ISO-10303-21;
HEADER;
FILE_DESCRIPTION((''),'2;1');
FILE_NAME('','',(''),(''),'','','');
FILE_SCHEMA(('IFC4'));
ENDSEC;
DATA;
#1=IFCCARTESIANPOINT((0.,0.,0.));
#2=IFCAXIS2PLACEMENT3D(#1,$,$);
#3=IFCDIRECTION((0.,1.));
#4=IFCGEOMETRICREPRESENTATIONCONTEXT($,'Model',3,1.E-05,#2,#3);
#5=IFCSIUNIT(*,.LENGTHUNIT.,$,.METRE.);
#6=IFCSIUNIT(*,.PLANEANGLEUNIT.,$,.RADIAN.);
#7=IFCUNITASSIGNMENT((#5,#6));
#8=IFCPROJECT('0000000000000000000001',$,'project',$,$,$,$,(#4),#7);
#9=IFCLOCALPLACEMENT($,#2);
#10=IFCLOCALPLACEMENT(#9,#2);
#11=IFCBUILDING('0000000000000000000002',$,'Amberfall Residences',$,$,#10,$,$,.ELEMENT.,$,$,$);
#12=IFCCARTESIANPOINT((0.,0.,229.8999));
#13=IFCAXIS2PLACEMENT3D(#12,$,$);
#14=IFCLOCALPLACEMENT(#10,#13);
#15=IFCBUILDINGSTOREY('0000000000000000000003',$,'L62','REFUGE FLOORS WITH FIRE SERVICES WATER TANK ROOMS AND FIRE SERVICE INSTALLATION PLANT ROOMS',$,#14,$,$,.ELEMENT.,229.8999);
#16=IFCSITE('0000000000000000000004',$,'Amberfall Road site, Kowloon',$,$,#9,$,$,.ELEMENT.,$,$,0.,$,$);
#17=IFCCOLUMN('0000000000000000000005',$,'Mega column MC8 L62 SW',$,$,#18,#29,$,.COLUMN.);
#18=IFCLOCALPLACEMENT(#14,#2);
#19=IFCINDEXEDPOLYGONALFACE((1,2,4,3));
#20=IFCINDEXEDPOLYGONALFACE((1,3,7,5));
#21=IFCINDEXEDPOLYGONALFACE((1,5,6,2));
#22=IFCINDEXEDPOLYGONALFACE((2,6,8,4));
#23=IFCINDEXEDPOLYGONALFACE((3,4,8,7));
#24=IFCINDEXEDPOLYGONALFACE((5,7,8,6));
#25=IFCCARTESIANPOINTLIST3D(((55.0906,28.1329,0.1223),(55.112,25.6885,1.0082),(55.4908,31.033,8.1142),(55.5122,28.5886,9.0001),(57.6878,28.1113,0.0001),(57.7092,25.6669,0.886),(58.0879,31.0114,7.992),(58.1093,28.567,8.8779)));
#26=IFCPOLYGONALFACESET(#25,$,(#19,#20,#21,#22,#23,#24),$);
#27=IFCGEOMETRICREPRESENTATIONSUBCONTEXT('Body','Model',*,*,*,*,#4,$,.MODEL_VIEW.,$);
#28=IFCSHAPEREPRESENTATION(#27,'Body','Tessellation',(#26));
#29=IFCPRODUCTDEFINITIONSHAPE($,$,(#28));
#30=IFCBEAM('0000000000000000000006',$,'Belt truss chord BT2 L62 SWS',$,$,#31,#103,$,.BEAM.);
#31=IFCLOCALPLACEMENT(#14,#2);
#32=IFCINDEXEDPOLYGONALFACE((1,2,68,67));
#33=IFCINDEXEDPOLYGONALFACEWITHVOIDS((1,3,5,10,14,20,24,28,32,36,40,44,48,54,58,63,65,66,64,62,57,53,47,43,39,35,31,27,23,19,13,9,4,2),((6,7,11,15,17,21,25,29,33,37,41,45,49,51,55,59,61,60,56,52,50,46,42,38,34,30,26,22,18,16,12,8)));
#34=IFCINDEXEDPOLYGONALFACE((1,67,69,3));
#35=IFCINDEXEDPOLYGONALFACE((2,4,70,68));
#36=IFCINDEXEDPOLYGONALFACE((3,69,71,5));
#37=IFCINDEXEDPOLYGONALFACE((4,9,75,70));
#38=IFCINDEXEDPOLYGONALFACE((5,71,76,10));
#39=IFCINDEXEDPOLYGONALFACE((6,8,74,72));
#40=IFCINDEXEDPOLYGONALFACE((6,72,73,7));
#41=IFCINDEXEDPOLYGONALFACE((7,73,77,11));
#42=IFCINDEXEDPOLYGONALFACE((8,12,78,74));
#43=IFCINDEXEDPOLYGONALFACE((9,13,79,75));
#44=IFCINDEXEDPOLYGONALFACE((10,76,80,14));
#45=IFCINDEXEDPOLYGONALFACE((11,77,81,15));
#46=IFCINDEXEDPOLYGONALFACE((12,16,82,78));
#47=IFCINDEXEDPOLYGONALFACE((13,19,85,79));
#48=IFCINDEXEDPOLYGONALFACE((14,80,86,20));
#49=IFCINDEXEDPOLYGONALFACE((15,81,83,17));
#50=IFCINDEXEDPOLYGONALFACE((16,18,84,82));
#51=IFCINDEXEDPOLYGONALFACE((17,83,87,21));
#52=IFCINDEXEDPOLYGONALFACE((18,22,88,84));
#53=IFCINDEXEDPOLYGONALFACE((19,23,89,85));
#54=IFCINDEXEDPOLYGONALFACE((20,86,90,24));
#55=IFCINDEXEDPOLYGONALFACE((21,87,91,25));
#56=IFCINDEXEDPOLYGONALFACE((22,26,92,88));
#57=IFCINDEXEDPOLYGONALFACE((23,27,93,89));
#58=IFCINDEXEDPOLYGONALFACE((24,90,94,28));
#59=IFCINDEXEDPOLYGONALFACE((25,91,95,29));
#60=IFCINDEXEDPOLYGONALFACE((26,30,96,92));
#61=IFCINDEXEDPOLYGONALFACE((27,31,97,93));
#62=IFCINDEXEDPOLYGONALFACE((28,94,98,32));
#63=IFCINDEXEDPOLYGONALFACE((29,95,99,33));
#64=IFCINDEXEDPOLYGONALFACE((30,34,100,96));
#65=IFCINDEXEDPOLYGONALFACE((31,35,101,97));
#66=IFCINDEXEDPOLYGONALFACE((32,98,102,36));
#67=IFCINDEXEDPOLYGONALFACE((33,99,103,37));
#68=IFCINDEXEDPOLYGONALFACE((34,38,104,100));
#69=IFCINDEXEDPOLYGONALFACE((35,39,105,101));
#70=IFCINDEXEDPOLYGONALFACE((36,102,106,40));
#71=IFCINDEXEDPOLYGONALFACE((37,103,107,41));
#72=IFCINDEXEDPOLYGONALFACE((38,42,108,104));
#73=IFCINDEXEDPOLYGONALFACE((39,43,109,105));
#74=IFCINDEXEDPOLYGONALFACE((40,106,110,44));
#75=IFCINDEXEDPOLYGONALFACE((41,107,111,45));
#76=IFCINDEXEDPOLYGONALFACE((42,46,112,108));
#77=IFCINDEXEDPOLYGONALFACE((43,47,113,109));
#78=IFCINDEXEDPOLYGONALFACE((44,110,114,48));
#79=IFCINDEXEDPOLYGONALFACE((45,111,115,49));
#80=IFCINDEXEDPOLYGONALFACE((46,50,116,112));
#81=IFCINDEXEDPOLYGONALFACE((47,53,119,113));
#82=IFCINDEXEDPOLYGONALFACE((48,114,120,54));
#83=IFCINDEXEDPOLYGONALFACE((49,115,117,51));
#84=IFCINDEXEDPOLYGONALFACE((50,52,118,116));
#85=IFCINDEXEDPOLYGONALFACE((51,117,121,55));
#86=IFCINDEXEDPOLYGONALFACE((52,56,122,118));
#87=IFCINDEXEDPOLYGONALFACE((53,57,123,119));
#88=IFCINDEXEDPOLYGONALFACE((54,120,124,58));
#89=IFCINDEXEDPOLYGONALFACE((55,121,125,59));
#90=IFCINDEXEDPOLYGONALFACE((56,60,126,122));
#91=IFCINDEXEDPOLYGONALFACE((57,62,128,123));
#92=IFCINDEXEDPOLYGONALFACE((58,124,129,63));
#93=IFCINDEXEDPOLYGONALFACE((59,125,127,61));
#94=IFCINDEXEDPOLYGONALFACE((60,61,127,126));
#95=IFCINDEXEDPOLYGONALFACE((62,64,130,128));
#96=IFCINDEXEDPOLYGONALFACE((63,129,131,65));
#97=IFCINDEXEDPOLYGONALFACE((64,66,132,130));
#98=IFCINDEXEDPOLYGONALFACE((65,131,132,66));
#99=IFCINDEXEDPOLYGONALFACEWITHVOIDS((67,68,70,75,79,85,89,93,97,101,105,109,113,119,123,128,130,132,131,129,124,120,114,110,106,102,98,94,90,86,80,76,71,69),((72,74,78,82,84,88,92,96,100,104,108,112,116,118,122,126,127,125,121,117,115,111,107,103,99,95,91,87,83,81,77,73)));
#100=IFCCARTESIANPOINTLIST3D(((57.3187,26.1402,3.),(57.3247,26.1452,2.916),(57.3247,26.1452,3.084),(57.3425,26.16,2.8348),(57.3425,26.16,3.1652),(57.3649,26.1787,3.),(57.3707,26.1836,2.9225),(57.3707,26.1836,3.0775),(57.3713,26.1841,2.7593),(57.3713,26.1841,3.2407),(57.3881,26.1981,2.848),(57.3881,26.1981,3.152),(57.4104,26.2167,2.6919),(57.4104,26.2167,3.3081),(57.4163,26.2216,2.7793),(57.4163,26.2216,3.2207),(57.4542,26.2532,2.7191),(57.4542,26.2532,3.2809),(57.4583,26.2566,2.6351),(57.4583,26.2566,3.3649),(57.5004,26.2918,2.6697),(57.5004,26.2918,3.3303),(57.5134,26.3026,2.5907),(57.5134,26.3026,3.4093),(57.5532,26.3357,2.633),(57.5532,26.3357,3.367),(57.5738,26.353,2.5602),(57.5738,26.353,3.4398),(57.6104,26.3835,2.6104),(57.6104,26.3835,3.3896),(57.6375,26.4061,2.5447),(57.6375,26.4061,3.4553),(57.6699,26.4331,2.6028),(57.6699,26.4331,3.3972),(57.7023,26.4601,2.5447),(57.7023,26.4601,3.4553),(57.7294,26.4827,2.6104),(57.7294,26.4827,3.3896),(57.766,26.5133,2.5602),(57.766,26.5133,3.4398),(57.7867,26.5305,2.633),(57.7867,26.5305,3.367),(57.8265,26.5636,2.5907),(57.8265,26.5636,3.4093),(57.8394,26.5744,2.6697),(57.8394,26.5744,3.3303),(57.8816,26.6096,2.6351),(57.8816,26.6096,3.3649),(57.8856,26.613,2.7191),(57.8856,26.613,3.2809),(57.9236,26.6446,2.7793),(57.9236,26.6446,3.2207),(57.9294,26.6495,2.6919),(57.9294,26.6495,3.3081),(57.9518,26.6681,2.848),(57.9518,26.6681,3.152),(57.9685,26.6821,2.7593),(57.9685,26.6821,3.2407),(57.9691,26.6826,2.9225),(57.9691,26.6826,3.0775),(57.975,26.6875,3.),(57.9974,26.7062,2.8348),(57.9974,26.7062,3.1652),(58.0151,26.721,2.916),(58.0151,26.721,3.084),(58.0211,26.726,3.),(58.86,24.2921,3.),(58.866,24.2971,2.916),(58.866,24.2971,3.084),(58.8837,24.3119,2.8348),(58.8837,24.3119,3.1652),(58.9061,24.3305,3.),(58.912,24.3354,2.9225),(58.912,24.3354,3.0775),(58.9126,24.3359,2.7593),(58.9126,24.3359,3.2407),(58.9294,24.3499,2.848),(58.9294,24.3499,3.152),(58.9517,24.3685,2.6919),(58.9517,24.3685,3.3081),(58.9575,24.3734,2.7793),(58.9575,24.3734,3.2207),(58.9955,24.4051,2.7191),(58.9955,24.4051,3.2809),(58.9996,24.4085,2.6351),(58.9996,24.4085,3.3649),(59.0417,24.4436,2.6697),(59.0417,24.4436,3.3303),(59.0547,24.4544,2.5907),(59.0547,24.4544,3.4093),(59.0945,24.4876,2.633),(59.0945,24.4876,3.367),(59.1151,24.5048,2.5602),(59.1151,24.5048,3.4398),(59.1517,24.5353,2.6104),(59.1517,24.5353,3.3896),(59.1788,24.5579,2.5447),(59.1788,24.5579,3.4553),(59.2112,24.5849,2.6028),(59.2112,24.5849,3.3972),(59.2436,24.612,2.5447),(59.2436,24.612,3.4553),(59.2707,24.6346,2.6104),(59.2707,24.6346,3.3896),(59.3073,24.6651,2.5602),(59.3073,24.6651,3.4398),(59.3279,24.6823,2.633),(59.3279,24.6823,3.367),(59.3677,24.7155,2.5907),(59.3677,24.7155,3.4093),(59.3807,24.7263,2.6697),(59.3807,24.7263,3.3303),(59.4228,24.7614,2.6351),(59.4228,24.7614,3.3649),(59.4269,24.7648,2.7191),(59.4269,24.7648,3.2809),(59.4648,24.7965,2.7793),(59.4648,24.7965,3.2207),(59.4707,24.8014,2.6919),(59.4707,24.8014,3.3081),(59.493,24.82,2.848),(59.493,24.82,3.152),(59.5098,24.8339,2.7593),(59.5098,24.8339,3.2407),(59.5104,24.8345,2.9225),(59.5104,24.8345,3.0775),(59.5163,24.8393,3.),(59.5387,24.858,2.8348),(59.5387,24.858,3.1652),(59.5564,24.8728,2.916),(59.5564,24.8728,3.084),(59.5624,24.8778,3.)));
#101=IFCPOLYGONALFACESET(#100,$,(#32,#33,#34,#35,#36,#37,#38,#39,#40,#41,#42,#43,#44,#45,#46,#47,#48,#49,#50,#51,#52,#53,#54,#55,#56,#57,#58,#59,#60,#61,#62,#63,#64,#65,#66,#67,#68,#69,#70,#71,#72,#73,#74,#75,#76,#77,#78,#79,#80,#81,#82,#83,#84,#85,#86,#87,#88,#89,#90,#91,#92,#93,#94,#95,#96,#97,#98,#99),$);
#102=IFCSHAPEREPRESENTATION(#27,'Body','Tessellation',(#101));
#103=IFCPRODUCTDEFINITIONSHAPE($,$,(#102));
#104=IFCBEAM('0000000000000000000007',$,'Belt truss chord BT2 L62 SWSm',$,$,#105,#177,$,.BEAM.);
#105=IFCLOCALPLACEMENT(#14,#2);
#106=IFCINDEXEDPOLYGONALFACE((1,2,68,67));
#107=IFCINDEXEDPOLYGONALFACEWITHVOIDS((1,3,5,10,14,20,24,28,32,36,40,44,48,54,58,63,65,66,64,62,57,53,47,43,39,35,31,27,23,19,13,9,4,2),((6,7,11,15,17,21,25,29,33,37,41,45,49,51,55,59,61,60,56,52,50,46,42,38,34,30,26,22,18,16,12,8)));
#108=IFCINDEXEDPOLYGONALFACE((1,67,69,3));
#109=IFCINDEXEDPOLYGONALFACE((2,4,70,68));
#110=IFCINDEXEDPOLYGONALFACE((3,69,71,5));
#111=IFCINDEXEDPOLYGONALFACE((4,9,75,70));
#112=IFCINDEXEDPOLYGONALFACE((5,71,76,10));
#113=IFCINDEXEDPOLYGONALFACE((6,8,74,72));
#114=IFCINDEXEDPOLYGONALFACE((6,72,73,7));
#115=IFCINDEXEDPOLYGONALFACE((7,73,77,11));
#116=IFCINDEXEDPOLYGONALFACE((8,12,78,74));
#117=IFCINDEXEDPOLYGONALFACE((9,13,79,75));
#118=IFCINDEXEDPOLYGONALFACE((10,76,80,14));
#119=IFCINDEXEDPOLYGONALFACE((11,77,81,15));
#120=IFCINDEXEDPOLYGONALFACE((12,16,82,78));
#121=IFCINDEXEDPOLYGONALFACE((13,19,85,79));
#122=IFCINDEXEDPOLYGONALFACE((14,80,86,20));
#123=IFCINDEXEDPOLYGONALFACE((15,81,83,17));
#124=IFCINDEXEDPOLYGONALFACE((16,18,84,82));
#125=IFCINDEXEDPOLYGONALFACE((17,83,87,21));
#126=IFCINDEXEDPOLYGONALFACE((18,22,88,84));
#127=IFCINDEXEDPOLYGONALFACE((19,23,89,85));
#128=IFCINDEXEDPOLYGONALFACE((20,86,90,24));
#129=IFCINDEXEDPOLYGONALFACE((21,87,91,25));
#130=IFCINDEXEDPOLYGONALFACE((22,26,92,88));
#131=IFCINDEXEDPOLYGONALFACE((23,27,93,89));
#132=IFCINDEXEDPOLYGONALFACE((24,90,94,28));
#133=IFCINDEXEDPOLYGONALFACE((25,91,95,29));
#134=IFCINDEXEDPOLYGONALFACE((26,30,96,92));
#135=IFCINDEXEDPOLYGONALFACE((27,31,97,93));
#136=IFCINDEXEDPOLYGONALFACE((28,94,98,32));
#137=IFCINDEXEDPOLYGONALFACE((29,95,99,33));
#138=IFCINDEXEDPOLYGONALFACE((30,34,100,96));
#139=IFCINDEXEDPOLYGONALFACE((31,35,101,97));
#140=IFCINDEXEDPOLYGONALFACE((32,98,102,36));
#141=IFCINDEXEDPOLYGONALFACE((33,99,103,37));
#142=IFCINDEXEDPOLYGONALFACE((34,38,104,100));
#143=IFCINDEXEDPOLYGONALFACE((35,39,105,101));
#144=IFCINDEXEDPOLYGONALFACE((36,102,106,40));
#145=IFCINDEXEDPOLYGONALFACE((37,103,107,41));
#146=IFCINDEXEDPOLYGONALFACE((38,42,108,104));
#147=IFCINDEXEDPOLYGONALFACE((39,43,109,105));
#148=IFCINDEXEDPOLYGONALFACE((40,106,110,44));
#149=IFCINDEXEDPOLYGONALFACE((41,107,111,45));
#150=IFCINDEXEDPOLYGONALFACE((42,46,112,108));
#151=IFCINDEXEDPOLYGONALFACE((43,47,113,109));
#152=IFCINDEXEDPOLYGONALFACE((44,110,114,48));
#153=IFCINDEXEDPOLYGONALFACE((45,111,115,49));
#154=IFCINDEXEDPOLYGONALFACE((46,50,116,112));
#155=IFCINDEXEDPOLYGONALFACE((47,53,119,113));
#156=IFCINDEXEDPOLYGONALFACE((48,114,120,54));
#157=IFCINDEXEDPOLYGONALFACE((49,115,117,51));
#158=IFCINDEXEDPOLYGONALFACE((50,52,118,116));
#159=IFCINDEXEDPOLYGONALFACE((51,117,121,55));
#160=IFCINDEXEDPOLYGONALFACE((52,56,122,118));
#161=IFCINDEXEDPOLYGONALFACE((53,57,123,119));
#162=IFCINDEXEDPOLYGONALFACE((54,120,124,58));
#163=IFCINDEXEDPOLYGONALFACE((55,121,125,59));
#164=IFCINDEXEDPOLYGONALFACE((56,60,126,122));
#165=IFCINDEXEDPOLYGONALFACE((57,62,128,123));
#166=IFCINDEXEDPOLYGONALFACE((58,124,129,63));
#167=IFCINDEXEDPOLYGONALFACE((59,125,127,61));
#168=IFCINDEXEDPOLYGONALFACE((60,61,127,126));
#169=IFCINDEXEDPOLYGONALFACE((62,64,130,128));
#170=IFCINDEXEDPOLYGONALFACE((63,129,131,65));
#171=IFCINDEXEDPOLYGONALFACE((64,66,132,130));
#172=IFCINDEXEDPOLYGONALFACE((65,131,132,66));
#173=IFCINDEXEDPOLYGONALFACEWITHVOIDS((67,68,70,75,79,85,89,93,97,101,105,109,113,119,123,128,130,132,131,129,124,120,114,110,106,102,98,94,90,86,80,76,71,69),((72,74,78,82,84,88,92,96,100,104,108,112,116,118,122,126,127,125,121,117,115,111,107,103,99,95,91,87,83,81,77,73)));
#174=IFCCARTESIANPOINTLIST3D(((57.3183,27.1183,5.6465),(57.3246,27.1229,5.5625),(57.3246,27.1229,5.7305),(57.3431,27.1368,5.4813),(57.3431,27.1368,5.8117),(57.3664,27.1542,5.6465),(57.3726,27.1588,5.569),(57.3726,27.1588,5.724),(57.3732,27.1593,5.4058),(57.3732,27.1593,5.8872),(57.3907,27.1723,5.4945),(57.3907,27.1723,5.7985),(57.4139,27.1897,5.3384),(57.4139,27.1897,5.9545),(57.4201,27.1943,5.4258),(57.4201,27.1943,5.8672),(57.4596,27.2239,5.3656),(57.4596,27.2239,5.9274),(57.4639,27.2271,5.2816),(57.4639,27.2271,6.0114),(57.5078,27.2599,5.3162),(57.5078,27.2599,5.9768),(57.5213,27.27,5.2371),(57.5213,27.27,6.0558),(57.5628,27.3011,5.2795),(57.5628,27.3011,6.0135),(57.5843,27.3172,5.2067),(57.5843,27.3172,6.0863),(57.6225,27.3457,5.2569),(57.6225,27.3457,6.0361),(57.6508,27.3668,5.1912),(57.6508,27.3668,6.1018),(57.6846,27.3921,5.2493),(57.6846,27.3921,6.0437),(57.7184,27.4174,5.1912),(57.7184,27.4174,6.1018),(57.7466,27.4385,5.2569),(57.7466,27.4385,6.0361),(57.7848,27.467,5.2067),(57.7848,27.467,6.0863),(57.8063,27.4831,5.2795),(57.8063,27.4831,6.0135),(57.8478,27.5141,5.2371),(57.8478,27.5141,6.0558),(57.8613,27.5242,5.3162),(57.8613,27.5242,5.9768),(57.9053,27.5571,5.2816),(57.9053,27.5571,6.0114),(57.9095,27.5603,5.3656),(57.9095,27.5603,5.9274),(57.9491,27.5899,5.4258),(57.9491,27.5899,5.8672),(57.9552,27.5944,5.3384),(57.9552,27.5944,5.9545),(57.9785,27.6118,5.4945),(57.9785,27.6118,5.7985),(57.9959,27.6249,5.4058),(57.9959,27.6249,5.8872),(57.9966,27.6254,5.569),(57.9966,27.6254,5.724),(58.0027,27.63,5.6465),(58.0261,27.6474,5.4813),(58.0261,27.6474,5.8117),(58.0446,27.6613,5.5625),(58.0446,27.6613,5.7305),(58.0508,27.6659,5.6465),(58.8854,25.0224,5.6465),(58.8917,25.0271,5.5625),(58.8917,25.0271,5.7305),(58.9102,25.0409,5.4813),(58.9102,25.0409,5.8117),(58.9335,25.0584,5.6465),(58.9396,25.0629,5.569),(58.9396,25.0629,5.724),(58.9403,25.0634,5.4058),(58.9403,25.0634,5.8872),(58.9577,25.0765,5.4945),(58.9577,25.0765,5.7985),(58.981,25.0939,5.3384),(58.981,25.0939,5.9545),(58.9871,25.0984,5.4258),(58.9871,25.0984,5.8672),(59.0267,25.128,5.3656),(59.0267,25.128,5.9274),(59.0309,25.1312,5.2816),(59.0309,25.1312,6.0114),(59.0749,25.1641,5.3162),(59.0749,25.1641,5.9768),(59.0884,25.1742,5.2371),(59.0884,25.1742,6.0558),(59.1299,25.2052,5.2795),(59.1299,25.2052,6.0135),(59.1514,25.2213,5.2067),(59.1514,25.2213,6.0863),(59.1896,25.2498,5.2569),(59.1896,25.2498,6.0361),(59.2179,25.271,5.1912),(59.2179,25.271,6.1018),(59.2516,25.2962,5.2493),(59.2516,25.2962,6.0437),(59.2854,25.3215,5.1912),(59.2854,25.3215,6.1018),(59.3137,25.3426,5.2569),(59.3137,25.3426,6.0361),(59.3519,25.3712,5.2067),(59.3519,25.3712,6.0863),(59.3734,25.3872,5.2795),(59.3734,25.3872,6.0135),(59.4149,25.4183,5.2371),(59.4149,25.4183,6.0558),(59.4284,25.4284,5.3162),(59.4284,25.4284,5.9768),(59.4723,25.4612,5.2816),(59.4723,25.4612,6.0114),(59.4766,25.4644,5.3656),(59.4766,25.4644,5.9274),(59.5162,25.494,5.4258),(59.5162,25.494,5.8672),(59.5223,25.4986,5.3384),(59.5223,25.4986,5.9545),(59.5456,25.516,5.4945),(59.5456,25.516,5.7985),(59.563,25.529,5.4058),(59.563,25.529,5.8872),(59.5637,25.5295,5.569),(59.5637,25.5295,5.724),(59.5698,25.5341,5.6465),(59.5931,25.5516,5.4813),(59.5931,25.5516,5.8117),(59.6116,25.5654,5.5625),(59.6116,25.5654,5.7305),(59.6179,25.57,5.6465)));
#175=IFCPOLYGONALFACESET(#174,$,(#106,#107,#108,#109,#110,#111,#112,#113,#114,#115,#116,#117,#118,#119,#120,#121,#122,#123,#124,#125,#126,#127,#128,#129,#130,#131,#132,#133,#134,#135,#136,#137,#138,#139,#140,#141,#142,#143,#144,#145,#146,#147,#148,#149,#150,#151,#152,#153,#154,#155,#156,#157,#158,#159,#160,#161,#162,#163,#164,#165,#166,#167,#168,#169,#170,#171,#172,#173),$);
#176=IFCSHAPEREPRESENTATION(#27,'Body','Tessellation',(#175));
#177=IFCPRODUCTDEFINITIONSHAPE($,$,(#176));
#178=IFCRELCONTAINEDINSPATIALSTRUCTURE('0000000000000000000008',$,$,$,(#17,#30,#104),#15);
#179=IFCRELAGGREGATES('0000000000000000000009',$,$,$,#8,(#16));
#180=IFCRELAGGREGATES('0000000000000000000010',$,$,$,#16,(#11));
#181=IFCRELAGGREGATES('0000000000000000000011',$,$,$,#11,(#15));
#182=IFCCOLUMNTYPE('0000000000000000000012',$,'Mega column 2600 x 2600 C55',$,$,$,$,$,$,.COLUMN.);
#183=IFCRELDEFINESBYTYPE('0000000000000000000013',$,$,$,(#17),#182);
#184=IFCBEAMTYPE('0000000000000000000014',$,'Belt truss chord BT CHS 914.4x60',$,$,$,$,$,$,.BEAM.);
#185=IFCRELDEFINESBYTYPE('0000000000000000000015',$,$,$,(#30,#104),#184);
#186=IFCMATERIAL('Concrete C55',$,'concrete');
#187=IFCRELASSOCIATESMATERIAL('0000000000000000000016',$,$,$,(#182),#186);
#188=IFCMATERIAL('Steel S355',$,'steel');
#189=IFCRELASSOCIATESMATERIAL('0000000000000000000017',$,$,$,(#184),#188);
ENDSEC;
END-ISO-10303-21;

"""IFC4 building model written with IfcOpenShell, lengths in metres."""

from ifc_helpers import new_model, si_unit, direction, frame, origin, origin_2d, place, context, subcontext, project, spatial, rectangle, hollow_circle, extrude, material, material_profile, profile_set, type_object, element, save


model = new_model("IFC4")

# Units and contexts
model_context = context("Model", 3, precision=1e-05, world=origin(), true_north=direction((0.0, 1.0)))
body_context = subcontext(model_context, "Body", "Model", "MODEL_VIEW")
ifc_project = project(units=[si_unit("LENGTHUNIT", "METRE"), si_unit("PLANEANGLEUNIT", "RADIAN")], contexts=[model_context])

# Site, building, storey
site_placement = place(None, origin())
site = spatial("IfcSite", under=ifc_project, at=site_placement, Name="Amberfall Road site, Kowloon", CompositionType="ELEMENT", RefElevation=0.0)
building_placement = place(site_placement, origin())
building = spatial("IfcBuilding", under=site, at=building_placement, Name="Amberfall Residences", CompositionType="ELEMENT")
storey_placement = place(building_placement, frame((0.0, 0.0, 229.8999)))
storey = spatial("IfcBuildingStorey", under=building, at=storey_placement, Name="L62", Description="REFUGE FLOORS WITH FIRE SERVICES WATER TANK ROOMS AND FIRE SERVICE INSTALLATION PLANT ROOMS", CompositionType="ELEMENT", Elevation=229.8999)

# Column
ifc_material_1 = material(Name="Concrete C55", Category="concrete")
ifc_material_profile_1 = material_profile(ifc_material_1, rectangle(XDim=2.6001, YDim=2.6001, at=origin_2d()), Name="Mega column 2600 x 2600 C55")
ifc_profile_set_1 = profile_set([ifc_material_profile_1], Name="Concrete C55")
column_type = type_object("IfcColumnType", Name="Mega column 2600 x 2600 C55", PredefinedType="COLUMN", material=ifc_profile_set_1)
column_placement = place(storey_placement, frame((56.3999, 26.8999, 0.5042), z_axis=(0.047014, 0.340741, 0.938981), x_axis=(-0.99886, 0.008302, 0.046999)))
element("IfcColumn", 1, at=column_placement, inside=storey, type_object=column_type, Name="Mega column MC8 L62 SW", PredefinedType="COLUMN", context=body_context, shape_type="SweptSolid", body=[
    extrude(rectangle(XDim=2.6001, YDim=2.6001, at=origin_2d()), origin(), (0.0, 0.0, 1.0), 8.5112),
])

# Beams
ifc_material_2 = material(Name="Steel S355", Category="steel")
ifc_material_profile_2 = material_profile(ifc_material_2, hollow_circle(Radius=0.4573, WallThickness=0.0601, at=origin_2d()), Name="CHS 914.4x60")
ifc_profile_set_2 = profile_set([ifc_material_profile_2], Name="Steel S355")
beam_type_1 = type_object("IfcBeamType", Name="Belt truss chord BT CHS 914.4x60", PredefinedType="BEAM", material=ifc_profile_set_2)
beam_1_placement = place(storey_placement, frame((57.6699, 26.4331, 3.0), z_axis=(0.640464, -0.767988, 0.0), x_axis=(0.767988, 0.640464, 0.0)))
element("IfcBeam", 2, at=beam_1_placement, inside=storey, type_object=beam_type_1, Name="Belt truss chord BT2 L62 SWS", PredefinedType="BEAM", context=body_context, shape_type="SweptSolid", body=[
    extrude(hollow_circle(Radius=0.4573, WallThickness=0.0601, at=origin_2d()), origin(), (0.0, 0.0, 1.0), 2.4065),
])
beam_2_placement = place(storey_placement, frame((57.6846, 27.3921, 5.6465), z_axis=(0.59882, -0.800884, 0.0), x_axis=(0.800884, 0.59882, 0.0)))
element("IfcBeam", 3, at=beam_2_placement, inside=storey, type_object=beam_type_1, Name="Belt truss chord BT2 L62 SWSm", PredefinedType="BEAM", context=body_context, shape_type="SweptSolid", body=[
    extrude(hollow_circle(Radius=0.4573, WallThickness=0.0601, at=origin_2d()), origin(), (0.0, 0.0, 1.0), 2.6169),
])

save(model, "model.ifc")
